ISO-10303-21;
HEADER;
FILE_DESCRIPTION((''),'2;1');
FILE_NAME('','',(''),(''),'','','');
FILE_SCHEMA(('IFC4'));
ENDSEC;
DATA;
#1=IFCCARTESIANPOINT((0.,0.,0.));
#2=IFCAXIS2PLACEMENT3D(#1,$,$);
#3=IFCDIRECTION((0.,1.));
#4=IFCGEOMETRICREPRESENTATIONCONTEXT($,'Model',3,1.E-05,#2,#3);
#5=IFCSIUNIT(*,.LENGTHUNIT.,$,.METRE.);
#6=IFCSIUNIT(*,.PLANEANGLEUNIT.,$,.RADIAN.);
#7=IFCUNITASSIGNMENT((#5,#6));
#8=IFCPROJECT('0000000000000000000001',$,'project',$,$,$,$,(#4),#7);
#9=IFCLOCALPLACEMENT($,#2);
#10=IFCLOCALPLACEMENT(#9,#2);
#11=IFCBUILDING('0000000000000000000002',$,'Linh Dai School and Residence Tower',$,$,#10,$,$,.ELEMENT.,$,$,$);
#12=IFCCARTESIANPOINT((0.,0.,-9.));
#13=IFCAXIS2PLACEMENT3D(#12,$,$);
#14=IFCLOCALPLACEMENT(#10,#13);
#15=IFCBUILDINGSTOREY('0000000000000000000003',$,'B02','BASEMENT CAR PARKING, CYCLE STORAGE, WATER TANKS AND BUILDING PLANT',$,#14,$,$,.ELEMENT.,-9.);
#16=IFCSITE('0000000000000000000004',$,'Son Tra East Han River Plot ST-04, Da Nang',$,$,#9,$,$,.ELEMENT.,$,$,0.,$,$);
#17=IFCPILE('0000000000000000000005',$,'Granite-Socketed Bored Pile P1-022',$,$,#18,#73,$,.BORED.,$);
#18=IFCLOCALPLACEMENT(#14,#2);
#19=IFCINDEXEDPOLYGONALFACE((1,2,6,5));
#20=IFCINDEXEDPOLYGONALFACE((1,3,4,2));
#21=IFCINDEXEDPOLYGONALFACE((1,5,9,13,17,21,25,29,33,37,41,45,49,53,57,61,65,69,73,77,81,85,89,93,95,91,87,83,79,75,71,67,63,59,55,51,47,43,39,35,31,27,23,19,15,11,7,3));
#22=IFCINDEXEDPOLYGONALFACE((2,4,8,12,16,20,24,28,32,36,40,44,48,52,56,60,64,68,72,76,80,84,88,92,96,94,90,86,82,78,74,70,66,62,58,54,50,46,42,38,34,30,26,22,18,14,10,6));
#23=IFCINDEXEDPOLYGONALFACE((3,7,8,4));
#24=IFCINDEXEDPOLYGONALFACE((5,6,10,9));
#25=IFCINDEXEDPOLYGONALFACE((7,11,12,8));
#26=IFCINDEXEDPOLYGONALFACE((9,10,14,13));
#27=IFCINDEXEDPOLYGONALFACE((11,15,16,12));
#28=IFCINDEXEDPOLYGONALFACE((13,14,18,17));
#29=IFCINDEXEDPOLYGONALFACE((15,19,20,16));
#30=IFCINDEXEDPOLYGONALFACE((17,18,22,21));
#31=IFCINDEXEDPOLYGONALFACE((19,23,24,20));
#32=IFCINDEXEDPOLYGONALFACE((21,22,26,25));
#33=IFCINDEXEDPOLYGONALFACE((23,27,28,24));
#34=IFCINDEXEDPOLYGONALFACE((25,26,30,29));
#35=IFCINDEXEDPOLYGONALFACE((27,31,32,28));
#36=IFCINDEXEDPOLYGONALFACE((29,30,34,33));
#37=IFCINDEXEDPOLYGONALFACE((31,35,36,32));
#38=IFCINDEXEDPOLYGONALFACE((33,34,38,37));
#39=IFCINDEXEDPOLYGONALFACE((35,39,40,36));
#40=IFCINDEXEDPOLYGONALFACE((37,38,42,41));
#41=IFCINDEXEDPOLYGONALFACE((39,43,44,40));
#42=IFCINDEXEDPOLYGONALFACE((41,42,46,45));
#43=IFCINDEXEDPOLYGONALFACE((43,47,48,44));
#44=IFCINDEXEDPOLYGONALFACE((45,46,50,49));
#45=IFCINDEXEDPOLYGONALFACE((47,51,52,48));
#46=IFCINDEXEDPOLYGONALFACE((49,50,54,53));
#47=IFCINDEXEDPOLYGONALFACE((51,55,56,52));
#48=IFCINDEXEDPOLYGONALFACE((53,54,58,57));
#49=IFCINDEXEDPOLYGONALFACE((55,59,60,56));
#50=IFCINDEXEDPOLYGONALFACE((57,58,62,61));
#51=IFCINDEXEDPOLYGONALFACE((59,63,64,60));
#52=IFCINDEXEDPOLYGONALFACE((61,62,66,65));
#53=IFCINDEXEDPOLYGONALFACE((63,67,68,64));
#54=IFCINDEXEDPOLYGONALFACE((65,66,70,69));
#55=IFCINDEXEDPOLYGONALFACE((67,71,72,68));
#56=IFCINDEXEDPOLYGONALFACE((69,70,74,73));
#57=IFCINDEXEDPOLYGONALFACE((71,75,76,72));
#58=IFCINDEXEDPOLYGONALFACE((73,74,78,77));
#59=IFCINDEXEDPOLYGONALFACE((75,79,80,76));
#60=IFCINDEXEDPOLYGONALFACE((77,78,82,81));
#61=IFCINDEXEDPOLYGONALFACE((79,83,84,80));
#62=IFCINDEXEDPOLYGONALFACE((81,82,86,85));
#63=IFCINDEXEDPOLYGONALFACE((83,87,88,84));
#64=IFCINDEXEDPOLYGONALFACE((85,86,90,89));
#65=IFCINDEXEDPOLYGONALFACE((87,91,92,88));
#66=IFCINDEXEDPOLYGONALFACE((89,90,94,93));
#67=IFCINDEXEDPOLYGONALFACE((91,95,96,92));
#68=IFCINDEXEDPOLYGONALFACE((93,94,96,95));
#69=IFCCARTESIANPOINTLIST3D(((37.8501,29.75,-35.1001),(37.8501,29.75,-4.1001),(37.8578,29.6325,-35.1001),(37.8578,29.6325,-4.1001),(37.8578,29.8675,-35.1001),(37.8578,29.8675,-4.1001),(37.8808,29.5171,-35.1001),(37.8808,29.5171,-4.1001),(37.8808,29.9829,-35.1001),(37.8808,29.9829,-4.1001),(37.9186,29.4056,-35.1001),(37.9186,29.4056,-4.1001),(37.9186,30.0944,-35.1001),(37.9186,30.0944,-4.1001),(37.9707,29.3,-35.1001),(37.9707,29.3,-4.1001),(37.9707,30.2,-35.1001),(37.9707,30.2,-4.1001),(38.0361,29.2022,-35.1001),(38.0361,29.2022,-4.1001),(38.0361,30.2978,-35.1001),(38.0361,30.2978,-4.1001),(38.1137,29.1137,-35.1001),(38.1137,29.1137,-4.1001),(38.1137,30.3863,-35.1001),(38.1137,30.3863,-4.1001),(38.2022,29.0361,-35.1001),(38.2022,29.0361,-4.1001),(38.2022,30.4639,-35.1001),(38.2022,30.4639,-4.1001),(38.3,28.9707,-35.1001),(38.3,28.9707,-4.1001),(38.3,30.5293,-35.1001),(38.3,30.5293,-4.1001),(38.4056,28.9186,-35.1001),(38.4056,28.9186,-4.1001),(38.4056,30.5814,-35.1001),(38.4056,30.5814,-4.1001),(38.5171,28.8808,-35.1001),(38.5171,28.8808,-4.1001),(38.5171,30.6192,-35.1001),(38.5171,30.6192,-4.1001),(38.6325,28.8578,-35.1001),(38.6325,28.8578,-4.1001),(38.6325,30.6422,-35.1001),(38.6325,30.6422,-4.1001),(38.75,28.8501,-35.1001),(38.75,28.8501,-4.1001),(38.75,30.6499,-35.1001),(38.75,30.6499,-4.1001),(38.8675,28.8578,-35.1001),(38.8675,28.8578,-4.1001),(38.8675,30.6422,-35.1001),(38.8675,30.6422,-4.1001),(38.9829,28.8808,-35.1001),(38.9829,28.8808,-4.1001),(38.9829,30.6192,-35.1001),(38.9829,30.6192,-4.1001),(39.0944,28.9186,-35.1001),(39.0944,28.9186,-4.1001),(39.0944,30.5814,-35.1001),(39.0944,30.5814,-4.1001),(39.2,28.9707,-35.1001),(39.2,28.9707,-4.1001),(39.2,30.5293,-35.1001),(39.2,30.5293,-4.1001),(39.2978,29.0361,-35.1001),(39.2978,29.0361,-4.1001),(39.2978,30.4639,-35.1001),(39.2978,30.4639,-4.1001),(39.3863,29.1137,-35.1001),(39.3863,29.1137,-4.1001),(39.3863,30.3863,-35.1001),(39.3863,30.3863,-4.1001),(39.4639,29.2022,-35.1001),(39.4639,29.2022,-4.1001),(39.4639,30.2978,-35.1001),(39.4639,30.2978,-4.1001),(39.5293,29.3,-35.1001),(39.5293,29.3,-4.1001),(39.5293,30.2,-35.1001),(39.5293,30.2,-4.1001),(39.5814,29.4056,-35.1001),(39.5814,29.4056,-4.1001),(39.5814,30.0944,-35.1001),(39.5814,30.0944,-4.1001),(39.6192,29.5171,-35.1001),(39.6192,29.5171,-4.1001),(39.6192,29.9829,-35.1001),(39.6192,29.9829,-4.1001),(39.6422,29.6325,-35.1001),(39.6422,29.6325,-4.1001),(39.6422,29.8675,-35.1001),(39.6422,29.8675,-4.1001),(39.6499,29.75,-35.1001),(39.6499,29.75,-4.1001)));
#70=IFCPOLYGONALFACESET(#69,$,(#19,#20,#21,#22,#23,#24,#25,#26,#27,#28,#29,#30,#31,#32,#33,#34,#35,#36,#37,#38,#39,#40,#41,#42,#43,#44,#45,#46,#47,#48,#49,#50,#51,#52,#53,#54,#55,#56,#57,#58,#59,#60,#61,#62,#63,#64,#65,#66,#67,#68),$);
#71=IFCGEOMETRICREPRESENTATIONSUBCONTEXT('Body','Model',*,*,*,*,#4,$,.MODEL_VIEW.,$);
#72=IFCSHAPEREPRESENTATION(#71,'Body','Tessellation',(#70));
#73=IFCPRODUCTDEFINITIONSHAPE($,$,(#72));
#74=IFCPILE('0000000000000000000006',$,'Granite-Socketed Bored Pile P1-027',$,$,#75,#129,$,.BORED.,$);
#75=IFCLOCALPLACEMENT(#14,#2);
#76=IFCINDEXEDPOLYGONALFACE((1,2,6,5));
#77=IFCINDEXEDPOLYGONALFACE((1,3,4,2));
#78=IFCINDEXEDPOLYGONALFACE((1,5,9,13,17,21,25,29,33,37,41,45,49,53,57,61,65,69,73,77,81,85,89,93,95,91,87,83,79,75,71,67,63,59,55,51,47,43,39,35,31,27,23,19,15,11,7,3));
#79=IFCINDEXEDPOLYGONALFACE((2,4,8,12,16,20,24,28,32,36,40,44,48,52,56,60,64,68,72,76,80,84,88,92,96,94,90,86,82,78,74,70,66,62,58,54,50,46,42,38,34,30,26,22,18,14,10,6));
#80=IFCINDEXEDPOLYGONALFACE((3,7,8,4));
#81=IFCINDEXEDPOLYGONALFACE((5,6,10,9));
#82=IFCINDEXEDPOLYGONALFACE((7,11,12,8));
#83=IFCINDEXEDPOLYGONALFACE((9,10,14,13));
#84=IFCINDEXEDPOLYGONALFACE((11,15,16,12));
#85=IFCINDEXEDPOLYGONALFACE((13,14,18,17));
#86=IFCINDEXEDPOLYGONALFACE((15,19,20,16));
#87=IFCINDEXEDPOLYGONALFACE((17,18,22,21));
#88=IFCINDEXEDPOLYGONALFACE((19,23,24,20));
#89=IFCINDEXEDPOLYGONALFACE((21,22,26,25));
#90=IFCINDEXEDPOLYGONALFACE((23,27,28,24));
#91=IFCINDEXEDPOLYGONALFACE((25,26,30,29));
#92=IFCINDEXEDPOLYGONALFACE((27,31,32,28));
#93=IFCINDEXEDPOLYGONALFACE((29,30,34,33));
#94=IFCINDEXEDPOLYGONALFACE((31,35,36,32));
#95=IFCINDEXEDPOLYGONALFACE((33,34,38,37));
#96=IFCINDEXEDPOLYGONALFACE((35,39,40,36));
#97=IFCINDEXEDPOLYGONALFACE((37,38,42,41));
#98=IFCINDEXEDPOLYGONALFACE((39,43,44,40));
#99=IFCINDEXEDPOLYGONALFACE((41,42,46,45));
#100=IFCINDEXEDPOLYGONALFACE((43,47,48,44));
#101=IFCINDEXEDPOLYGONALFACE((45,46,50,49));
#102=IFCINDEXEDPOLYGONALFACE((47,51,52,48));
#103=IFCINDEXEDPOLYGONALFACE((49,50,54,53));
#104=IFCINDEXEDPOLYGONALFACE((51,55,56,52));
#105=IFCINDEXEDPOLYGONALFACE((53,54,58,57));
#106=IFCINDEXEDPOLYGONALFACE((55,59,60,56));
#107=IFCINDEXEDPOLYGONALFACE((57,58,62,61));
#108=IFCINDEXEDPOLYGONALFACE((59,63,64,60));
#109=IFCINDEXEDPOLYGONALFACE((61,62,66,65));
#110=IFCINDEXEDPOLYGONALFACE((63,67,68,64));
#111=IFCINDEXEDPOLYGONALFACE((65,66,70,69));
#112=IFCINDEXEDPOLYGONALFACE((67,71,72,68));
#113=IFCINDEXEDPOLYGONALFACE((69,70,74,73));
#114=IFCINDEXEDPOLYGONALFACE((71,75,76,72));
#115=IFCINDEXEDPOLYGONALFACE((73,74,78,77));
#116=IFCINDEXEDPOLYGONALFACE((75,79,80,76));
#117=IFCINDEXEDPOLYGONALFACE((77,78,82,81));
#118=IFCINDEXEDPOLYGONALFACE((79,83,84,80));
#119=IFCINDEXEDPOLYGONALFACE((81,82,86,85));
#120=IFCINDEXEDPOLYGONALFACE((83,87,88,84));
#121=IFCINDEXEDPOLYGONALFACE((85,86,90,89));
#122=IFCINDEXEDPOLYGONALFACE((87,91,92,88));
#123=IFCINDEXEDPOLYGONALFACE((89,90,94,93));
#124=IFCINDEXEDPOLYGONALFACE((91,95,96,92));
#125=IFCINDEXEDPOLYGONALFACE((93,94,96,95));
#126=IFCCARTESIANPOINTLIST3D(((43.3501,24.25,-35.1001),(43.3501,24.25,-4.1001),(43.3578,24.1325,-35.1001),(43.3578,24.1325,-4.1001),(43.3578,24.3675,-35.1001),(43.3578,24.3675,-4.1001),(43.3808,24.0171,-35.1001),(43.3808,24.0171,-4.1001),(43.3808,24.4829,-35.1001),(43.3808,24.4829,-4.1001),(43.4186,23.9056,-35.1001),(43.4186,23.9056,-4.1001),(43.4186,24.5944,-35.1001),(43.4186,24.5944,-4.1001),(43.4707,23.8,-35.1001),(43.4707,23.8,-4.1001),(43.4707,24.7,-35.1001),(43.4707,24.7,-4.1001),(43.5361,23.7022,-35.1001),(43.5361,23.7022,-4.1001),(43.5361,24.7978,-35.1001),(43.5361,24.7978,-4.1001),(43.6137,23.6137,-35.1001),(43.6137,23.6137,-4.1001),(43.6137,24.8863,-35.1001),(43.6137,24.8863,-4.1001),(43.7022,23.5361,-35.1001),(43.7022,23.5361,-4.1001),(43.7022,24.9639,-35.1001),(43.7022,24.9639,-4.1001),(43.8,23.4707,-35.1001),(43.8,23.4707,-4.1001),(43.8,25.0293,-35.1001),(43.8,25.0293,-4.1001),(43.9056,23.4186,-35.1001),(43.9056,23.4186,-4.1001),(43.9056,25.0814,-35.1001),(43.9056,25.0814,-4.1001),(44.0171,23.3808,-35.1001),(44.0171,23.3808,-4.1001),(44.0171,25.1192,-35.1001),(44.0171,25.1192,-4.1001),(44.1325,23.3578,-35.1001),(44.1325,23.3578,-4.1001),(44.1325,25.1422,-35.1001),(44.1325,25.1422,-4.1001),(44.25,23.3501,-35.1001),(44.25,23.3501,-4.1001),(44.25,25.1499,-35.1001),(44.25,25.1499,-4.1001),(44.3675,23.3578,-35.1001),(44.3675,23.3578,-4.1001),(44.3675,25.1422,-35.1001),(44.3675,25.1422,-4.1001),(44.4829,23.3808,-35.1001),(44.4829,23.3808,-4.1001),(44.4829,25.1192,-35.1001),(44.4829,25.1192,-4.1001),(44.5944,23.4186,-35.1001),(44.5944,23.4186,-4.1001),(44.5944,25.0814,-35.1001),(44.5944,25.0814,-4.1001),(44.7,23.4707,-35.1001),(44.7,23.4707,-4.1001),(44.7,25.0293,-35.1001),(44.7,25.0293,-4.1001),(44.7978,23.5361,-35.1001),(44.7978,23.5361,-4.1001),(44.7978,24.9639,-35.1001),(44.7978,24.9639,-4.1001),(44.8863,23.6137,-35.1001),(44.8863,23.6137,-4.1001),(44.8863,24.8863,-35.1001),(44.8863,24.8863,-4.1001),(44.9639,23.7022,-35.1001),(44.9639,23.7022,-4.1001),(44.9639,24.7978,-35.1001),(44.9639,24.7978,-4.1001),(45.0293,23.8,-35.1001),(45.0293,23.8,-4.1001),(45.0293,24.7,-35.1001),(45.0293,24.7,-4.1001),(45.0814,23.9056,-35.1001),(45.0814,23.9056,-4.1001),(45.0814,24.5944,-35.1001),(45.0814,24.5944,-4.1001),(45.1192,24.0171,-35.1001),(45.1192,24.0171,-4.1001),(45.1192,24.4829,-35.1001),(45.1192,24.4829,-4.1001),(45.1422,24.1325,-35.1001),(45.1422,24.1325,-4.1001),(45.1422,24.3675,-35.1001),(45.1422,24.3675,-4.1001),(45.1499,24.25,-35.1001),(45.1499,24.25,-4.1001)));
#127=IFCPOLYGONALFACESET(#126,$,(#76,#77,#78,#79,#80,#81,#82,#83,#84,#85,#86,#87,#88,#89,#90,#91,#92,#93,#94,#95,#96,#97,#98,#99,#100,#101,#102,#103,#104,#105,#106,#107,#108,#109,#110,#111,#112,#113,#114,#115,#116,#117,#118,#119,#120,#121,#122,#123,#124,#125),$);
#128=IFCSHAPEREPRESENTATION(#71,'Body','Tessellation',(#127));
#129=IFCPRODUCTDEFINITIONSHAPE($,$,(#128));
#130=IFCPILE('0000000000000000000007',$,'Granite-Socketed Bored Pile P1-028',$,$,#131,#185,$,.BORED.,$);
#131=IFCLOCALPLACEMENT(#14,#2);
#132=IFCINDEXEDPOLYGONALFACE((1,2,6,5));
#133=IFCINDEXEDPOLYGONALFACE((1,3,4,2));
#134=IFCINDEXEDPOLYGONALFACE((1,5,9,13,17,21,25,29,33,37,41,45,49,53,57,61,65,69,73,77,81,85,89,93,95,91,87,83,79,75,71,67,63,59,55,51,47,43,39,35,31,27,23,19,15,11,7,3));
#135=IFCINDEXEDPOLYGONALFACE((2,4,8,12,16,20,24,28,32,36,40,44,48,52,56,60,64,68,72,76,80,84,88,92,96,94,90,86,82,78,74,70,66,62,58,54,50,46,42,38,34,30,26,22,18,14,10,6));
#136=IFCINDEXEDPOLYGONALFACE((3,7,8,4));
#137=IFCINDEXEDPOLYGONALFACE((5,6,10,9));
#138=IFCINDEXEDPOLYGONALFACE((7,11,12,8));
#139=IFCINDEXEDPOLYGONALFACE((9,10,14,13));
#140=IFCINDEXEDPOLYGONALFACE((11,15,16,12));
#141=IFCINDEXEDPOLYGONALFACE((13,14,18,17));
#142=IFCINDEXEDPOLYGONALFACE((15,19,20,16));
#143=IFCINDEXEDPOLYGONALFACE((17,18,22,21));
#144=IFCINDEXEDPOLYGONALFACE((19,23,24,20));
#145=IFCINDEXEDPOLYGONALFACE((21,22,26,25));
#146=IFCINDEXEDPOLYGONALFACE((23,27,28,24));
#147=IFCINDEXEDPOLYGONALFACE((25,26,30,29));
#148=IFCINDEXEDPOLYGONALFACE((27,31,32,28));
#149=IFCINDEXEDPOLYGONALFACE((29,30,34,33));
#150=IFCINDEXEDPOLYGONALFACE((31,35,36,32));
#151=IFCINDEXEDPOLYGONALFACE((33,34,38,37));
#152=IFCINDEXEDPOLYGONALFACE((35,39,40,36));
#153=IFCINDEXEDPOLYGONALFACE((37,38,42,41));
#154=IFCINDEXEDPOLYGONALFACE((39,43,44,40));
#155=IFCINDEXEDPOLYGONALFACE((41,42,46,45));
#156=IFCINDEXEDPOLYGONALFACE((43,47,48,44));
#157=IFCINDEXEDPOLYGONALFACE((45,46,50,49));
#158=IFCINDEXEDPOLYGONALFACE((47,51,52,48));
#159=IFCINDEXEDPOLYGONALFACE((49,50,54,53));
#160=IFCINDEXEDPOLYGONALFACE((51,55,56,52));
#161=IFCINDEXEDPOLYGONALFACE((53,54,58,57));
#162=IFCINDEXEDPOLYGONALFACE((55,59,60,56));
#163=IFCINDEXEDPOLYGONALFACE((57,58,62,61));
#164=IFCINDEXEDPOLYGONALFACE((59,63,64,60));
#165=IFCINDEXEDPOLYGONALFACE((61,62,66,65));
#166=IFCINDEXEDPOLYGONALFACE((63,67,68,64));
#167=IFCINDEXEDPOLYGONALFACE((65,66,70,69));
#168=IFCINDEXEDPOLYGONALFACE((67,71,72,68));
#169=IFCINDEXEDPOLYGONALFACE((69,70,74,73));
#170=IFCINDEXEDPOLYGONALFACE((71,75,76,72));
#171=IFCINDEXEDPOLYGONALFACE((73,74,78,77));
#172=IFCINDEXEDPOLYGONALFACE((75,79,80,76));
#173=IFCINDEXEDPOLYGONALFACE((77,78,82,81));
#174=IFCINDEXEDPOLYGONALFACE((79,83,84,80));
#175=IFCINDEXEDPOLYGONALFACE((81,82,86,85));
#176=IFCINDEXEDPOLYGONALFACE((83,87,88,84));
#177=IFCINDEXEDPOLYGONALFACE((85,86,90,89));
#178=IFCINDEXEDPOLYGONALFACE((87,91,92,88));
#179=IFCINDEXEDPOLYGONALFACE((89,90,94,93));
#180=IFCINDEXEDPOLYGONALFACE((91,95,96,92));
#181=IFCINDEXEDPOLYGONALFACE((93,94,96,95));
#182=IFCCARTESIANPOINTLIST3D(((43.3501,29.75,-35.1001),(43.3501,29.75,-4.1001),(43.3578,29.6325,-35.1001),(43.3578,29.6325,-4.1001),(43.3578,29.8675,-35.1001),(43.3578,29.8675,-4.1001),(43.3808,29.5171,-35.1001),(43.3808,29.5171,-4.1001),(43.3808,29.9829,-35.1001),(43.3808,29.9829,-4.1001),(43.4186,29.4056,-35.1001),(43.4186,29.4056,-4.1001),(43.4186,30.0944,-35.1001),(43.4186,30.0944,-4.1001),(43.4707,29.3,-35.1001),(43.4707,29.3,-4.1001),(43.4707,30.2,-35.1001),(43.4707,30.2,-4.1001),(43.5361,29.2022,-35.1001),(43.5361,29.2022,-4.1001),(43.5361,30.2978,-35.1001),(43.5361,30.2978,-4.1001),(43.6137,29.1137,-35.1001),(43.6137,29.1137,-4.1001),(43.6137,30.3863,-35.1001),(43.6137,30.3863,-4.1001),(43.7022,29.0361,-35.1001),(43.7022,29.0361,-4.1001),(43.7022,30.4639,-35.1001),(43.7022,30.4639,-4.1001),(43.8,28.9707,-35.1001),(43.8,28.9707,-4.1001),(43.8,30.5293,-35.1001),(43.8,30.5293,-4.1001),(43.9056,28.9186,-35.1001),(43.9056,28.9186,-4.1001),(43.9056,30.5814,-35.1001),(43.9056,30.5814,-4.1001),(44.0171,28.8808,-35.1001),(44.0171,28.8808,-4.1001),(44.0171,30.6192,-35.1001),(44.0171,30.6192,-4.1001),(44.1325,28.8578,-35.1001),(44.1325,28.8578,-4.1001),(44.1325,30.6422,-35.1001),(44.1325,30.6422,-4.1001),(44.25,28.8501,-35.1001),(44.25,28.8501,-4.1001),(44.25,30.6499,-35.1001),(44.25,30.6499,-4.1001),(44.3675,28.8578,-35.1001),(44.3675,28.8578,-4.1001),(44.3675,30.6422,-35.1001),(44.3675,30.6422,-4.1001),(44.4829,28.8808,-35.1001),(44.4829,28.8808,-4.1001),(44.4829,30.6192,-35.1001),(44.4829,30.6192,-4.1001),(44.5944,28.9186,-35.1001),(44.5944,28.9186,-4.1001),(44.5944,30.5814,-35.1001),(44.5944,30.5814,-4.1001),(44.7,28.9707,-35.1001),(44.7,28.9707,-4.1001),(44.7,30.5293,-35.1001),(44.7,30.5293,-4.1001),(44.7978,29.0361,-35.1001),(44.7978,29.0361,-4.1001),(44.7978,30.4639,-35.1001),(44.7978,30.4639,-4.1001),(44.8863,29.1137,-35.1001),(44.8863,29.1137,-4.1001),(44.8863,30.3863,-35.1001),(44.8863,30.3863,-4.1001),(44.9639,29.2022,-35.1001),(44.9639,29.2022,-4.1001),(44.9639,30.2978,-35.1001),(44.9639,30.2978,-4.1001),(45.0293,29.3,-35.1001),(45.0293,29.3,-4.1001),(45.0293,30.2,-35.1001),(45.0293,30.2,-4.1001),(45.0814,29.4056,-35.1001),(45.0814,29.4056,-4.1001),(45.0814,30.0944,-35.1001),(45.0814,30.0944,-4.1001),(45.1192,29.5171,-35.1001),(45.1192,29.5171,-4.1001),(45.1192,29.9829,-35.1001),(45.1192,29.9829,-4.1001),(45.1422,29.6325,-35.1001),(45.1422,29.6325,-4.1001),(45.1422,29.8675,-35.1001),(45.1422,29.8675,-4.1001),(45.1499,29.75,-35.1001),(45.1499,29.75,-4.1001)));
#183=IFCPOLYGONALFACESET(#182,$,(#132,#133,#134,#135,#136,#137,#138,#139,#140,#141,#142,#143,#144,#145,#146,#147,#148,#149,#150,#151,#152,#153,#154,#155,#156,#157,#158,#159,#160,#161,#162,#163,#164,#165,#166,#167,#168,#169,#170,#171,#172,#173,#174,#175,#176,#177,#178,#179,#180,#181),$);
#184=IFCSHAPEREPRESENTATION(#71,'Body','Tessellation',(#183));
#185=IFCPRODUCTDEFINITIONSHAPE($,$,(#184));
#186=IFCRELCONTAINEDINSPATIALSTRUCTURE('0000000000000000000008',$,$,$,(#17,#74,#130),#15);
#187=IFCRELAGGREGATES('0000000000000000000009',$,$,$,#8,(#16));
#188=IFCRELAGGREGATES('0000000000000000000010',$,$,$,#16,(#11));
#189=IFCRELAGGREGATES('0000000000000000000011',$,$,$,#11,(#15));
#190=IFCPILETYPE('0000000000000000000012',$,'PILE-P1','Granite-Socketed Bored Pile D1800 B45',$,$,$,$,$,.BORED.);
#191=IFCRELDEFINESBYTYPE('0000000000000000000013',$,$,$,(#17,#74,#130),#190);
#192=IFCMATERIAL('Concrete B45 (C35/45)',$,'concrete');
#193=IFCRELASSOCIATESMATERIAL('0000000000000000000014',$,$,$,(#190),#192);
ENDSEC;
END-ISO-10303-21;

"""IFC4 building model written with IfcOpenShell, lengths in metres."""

from ifc_helpers import new_model, si_unit, direction, frame, origin, origin_2d, place, context, subcontext, project, spatial, circle, extrude, material, material_profile, profile_set, type_object, element, save


model = new_model("IFC4")

# Units and contexts
model_context = context("Model", 3, precision=1e-05, world=origin(), true_north=direction((0.0, 1.0)))
body_context = subcontext(model_context, "Body", "Model", "MODEL_VIEW")
ifc_project = project(units=[si_unit("LENGTHUNIT", "METRE"), si_unit("PLANEANGLEUNIT", "RADIAN")], contexts=[model_context])

# Site, building, storey
site_placement = place(None, origin())
site = spatial("IfcSite", under=ifc_project, at=site_placement, Name="Son Tra East Han River Plot ST-04, Da Nang", CompositionType="ELEMENT", RefElevation=0.0)
building_placement = place(site_placement, origin())
building = spatial("IfcBuilding", under=site, at=building_placement, Name="Linh Dai School and Residence Tower", CompositionType="ELEMENT")
storey_placement = place(building_placement, frame((0.0, 0.0, -9.0)))
storey = spatial("IfcBuildingStorey", under=building, at=storey_placement, Name="B02", Description="BASEMENT CAR PARKING, CYCLE STORAGE, WATER TANKS AND BUILDING PLANT", CompositionType="ELEMENT", Elevation=-9.0)

# Piles
ifc_material_1 = material(Name="Concrete B45 (C35/45)", Category="concrete")
ifc_material_profile_1 = material_profile(ifc_material_1, circle(Radius=0.8999, at=origin_2d()), Name="PILE D1800")
ifc_profile_set_1 = profile_set([ifc_material_profile_1], Name="Concrete B45 (C35/45)")
pile_type = type_object("IfcPileType", Name="PILE-P1", Description="Granite-Socketed Bored Pile D1800 B45", PredefinedType="BORED", material=ifc_profile_set_1)
for number, where, z_axis, x_axis, name in (
    (1, (38.75, 29.75, -4.1001), (0.0, 0.0, -1.0), (1.0, 0.0, 0.0), "Granite-Socketed Bored Pile P1-022"),
    (2, (44.25, 24.25, -4.1001), (0.0, 0.0, -1.0), (1.0, 0.0, 0.0), "Granite-Socketed Bored Pile P1-027"),
    (3, (44.25, 29.75, -4.1001), (0.0, 0.0, -1.0), (1.0, 0.0, 0.0), "Granite-Socketed Bored Pile P1-028"),
):
    element("IfcPile", number, at=place(storey_placement, frame(where, z_axis=z_axis, x_axis=x_axis)), inside=storey, type_object=pile_type, Name=name, PredefinedType="BORED", context=body_context, shape_type="SweptSolid", body=[
        extrude(circle(Radius=0.8999, at=origin_2d()), origin(), (0.0, 0.0, 1.0), 31.0),
    ])

save(model, "model.ifc")
